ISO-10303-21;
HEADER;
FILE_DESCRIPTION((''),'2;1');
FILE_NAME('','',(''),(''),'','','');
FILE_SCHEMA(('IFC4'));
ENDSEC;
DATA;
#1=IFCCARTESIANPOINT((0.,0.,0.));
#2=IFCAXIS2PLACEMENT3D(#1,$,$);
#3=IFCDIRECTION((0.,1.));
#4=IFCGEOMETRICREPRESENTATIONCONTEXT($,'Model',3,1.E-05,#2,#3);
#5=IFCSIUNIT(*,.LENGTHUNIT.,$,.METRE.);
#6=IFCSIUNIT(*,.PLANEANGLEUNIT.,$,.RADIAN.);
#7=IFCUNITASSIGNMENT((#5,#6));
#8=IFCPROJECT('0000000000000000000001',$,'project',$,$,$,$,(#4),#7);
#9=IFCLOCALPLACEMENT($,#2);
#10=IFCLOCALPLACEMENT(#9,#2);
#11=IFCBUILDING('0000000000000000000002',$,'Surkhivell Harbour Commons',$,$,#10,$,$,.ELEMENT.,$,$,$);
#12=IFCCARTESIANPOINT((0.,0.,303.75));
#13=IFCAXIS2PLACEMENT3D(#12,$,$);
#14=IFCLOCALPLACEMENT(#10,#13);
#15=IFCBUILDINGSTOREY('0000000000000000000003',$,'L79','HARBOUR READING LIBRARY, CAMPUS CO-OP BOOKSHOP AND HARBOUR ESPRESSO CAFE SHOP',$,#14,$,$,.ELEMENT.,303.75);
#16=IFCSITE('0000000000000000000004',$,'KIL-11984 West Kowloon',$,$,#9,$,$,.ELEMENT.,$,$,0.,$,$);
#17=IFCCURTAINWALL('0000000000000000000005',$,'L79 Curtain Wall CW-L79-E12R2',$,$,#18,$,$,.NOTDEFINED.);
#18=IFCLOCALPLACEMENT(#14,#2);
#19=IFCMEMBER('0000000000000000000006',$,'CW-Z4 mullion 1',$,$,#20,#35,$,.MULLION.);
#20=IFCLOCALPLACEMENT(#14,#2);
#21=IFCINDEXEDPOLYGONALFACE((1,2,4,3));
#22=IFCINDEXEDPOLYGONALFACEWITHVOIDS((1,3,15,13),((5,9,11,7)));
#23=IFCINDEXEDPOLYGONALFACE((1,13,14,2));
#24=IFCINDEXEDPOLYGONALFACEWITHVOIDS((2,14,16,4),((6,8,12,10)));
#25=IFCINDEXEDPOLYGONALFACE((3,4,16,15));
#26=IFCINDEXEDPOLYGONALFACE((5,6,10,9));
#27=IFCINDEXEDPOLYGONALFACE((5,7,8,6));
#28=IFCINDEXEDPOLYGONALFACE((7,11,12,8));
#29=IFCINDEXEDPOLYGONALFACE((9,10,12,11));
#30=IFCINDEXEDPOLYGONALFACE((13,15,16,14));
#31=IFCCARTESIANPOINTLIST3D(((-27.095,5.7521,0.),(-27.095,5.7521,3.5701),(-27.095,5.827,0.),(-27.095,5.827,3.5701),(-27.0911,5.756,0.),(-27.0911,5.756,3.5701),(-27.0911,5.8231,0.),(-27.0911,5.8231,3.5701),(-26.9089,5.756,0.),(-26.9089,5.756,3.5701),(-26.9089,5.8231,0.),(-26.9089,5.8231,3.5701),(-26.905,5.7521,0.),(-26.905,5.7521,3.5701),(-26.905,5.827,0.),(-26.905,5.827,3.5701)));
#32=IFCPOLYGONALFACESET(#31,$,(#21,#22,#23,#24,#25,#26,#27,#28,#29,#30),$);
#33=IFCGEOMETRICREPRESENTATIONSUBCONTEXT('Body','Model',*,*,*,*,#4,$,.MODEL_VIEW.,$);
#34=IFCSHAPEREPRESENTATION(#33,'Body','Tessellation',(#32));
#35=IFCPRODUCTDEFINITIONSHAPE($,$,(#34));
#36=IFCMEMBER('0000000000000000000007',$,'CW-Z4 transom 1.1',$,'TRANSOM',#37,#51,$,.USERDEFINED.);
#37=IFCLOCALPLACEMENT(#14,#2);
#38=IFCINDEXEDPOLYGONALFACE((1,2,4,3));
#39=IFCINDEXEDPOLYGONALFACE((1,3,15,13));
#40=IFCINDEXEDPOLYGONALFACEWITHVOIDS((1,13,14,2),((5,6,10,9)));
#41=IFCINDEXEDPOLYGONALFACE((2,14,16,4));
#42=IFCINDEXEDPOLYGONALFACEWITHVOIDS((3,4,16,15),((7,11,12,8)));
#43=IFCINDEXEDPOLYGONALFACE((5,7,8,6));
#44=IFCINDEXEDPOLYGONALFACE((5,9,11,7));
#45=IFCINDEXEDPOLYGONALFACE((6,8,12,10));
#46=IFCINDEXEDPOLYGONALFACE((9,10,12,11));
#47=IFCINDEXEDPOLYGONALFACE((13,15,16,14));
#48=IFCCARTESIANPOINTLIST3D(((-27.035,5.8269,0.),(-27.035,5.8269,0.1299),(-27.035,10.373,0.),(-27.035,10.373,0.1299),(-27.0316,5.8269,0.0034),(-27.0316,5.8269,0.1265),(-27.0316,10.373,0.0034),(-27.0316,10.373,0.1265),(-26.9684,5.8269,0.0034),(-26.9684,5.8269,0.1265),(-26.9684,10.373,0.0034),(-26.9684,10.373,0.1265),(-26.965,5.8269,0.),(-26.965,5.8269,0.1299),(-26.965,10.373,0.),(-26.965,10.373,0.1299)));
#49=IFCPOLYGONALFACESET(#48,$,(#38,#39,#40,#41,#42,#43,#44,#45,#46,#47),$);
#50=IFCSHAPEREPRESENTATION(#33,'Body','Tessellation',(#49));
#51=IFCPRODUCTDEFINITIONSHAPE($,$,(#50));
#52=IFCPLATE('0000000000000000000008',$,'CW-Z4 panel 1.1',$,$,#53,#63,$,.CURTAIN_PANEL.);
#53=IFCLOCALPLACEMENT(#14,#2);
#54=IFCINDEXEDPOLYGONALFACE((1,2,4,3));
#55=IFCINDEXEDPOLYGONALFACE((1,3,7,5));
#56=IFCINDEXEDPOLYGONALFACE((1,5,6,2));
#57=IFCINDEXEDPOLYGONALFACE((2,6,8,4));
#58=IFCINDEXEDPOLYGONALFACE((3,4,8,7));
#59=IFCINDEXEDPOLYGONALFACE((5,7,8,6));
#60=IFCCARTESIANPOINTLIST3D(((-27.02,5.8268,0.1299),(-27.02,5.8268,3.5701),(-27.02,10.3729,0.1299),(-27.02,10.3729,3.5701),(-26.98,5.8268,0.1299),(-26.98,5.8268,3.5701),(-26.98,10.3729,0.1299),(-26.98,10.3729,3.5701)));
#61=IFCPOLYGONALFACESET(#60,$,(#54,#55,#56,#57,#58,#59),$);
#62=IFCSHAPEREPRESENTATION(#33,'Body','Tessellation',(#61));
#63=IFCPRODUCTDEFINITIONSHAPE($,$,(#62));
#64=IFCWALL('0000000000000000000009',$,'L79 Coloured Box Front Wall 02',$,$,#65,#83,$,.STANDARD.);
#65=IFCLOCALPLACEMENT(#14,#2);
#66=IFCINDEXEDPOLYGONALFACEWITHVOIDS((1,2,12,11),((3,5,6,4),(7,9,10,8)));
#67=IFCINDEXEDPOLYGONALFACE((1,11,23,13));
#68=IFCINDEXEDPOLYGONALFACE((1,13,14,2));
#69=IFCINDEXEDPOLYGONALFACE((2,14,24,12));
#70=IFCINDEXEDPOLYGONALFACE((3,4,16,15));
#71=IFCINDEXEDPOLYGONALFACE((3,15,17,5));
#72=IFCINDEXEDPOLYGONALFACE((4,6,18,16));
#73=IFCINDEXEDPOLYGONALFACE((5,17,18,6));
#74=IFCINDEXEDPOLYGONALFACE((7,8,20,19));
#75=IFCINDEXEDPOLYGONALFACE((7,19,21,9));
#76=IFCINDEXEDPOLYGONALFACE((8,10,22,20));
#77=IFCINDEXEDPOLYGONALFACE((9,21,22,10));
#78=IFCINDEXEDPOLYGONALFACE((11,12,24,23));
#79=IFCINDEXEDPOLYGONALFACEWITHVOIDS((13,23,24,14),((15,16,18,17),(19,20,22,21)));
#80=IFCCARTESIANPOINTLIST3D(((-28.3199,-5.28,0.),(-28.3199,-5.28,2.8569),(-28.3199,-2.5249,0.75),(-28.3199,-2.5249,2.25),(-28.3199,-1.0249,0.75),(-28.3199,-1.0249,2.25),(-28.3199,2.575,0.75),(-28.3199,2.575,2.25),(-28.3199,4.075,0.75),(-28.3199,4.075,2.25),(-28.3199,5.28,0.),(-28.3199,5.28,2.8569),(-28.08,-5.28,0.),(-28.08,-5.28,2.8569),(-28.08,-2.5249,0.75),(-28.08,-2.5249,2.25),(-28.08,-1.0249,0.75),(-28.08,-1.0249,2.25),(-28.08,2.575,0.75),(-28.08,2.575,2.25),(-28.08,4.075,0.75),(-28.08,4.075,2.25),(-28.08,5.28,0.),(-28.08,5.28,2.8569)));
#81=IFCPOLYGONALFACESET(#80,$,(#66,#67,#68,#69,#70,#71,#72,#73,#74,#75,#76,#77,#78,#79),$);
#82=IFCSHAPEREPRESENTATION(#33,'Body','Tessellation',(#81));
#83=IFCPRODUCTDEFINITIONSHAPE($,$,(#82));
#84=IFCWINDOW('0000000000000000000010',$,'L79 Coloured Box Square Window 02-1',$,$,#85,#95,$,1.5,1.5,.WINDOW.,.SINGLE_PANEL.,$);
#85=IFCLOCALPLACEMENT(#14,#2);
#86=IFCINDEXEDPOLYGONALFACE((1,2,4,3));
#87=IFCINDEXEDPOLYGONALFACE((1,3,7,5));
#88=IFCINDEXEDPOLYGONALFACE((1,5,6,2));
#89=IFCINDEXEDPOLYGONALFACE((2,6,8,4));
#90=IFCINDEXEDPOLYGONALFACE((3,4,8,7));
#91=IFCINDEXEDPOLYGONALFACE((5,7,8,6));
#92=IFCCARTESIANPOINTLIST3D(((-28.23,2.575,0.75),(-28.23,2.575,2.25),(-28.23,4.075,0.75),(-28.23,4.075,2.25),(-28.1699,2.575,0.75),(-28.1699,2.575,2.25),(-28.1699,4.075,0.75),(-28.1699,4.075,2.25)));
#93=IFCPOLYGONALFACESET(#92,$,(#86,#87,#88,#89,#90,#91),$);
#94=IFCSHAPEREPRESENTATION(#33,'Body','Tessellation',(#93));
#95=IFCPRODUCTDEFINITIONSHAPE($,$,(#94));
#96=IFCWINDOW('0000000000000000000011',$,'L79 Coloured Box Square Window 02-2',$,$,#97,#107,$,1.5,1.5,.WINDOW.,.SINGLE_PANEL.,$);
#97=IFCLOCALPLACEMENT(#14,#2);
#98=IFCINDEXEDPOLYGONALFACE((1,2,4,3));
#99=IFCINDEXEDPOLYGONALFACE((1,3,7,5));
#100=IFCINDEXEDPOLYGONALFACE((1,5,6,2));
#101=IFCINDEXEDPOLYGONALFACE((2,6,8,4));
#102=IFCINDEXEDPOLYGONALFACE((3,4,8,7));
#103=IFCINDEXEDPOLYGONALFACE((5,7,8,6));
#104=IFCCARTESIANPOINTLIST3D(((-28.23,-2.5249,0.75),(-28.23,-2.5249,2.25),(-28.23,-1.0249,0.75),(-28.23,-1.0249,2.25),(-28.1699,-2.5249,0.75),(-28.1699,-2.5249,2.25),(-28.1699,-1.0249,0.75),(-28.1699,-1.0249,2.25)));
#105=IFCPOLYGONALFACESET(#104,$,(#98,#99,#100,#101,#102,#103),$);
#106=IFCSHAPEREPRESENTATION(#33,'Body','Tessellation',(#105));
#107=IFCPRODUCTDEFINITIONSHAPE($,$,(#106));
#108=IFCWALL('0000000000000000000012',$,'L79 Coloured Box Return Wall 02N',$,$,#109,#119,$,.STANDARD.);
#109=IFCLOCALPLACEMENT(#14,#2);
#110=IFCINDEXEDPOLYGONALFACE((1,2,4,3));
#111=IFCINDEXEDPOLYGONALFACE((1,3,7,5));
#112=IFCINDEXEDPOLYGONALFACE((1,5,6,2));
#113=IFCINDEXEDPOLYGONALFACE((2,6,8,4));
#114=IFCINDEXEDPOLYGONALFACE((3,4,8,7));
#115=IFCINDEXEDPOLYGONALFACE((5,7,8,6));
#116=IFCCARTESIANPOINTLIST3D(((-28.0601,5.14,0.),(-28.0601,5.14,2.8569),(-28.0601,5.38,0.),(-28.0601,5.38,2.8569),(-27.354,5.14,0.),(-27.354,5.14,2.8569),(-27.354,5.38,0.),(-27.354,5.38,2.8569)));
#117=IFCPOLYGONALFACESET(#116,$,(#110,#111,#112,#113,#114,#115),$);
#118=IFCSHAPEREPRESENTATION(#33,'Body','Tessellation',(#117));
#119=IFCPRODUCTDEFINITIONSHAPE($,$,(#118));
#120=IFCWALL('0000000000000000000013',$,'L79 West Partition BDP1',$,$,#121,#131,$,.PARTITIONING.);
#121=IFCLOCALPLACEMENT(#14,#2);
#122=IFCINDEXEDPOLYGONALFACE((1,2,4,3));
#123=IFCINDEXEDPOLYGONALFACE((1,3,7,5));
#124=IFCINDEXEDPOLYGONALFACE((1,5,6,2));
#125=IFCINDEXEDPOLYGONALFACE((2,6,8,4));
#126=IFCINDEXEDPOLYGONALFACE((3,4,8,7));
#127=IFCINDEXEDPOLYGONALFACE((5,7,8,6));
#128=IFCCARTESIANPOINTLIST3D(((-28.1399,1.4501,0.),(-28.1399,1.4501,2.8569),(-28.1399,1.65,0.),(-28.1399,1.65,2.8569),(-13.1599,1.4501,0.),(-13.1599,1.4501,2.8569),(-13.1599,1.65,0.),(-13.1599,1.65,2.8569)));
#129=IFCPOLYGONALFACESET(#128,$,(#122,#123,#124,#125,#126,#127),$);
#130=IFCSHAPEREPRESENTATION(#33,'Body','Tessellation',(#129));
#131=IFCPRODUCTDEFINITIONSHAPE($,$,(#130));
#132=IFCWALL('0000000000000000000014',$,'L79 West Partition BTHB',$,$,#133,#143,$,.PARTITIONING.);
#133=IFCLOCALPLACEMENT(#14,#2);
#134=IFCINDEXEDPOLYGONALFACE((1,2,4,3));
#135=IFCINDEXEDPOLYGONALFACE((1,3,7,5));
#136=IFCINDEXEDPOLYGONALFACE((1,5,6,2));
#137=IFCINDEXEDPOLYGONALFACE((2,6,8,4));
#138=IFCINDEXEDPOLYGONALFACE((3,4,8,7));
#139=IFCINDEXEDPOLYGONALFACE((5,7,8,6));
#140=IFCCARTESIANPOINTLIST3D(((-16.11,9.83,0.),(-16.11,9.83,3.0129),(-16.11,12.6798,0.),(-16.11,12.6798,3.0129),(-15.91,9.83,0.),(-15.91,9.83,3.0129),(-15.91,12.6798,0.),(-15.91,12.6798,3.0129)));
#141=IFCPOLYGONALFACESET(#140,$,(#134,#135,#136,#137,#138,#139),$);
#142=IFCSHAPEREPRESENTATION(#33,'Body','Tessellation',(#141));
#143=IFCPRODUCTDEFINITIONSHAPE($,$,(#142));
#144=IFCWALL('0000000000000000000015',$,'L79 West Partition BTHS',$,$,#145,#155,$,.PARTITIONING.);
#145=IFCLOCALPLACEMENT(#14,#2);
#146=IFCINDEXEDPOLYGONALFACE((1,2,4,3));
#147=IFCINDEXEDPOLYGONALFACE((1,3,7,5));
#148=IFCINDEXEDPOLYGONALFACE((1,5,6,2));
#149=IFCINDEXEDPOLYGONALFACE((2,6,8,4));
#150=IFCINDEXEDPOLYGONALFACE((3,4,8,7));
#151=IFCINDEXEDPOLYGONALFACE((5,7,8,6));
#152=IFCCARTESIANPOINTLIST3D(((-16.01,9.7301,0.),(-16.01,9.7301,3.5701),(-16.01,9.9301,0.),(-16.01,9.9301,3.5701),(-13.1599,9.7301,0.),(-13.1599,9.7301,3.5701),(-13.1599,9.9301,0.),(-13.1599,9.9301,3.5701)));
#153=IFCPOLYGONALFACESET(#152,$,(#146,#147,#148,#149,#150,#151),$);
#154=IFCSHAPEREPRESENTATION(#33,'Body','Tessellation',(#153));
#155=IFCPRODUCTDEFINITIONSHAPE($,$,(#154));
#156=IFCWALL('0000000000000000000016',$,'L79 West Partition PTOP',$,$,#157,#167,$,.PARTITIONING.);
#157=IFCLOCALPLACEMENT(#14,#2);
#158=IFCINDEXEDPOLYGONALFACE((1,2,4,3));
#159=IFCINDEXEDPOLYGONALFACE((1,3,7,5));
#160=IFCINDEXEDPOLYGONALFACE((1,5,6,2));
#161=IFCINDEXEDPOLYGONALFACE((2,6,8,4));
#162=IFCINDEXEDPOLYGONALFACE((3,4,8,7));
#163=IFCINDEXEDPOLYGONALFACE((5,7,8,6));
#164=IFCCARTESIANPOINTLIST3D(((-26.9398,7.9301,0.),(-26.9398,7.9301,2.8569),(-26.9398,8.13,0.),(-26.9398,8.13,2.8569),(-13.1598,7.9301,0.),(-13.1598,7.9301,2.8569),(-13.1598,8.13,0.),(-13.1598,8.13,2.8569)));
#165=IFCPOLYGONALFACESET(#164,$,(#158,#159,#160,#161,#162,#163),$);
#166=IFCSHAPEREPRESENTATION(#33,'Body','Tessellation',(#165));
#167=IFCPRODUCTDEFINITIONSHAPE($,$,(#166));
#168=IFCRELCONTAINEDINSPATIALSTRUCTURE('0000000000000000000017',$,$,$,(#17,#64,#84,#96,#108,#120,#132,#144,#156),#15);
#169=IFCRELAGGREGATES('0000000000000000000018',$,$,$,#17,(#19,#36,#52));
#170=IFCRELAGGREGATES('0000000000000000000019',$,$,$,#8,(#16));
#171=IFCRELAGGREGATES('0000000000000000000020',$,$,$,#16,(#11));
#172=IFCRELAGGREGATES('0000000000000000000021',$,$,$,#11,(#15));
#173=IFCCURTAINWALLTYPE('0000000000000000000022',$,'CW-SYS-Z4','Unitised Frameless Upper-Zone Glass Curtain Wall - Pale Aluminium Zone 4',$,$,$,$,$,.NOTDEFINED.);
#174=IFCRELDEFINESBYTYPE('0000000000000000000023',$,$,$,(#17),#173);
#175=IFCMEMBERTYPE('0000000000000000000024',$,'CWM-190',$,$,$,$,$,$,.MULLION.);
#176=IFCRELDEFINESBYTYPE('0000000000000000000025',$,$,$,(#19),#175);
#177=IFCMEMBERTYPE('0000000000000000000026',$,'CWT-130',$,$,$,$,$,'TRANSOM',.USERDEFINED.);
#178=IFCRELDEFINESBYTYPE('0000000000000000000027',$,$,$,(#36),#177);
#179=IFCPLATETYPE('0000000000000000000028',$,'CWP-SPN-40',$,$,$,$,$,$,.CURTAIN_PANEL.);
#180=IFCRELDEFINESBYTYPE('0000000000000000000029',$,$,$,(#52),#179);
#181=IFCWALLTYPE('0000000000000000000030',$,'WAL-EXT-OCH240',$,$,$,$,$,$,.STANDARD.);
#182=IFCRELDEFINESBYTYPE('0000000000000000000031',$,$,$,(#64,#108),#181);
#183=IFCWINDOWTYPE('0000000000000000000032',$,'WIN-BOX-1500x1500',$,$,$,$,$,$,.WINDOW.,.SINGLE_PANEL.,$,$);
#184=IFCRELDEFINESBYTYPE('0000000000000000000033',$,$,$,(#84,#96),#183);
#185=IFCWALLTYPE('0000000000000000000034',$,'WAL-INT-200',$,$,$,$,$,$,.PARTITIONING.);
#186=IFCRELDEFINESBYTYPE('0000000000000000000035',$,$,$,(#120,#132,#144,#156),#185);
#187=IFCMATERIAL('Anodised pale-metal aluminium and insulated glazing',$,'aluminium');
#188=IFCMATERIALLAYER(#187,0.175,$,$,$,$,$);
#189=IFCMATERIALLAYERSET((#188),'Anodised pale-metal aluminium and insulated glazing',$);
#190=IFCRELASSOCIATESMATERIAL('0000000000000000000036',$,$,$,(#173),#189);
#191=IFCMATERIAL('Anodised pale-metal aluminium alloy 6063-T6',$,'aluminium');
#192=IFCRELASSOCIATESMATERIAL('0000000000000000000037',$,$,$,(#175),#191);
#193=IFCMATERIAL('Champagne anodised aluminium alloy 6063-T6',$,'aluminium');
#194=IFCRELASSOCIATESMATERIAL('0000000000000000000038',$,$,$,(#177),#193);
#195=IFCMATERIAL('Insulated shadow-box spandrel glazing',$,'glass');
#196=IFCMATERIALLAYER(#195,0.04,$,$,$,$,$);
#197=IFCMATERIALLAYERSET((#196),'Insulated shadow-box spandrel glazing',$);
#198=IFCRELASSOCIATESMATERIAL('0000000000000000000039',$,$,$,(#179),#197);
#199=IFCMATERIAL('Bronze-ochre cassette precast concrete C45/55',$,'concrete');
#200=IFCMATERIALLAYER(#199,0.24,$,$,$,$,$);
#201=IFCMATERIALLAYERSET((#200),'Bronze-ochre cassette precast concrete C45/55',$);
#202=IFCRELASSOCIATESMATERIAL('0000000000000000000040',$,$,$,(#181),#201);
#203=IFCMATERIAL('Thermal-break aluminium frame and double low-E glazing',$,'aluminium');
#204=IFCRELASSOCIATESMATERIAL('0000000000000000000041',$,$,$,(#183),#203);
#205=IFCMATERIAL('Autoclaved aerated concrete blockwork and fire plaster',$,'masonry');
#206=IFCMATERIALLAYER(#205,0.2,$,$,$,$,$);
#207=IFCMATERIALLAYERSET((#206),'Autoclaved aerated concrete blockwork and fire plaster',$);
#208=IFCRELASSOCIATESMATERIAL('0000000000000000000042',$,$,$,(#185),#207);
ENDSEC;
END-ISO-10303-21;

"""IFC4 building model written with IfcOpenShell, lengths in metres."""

from ifc_helpers import new_model, si_unit, direction, frame, frame_2d, origin, origin_2d, place, context, subcontext, project, spatial, rectangle, hollow_rectangle, extrude, material, layer, layer_set, material_profile, profile_set, type_object, element, fill, aggregate, save


model = new_model("IFC4")

# Units and contexts
model_context = context("Model", 3, precision=1e-05, world=origin(), true_north=direction((0.0, 1.0)))
body_context = subcontext(model_context, "Body", "Model", "MODEL_VIEW")
ifc_project = project(units=[si_unit("LENGTHUNIT", "METRE"), si_unit("PLANEANGLEUNIT", "RADIAN")], contexts=[model_context])

# Site, building, storey
site_placement = place(None, origin())
site = spatial("IfcSite", under=ifc_project, at=site_placement, Name="KIL-11984 West Kowloon", CompositionType="ELEMENT", RefElevation=0.0)
building_placement = place(site_placement, origin())
building = spatial("IfcBuilding", under=site, at=building_placement, Name="Surkhivell Harbour Commons", CompositionType="ELEMENT")
storey_placement = place(building_placement, frame((0.0, 0.0, 303.75)))
storey = spatial("IfcBuildingStorey", under=building, at=storey_placement, Name="L79", Description="HARBOUR READING LIBRARY, CAMPUS CO-OP BOOKSHOP AND HARBOUR ESPRESSO CAFE SHOP", CompositionType="ELEMENT", Elevation=303.75)

# Curtain wall, members, plate
ifc_material_1 = material(Name="Anodised pale-metal aluminium and insulated glazing", Category="aluminium")
ifc_layer_1 = layer(ifc_material_1, 0.175)
ifc_layer_set_1 = layer_set([ifc_layer_1], Name="Anodised pale-metal aluminium and insulated glazing")
curtain_wall_type = type_object("IfcCurtainWallType", Name="CW-SYS-Z4", Description="Unitised Frameless Upper-Zone Glass Curtain Wall - Pale Aluminium Zone 4", PredefinedType="NOTDEFINED", material=ifc_layer_set_1)
curtain_wall_placement = place(storey_placement, origin())
curtain_wall = element("IfcCurtainWall", 1, at=curtain_wall_placement, inside=storey, type_object=curtain_wall_type, Name="L79 Curtain Wall CW-L79-E12R2", PredefinedType="NOTDEFINED")
ifc_material_2 = material(Name="Anodised pale-metal aluminium alloy 6063-T6", Category="aluminium")
ifc_material_profile_1 = material_profile(ifc_material_2, hollow_rectangle(XDim=0.075, YDim=0.1899, WallThickness=0.0039, at=origin_2d()), Name="ALU-MULL-75x190")
ifc_profile_set_1 = profile_set([ifc_material_profile_1], Name="Anodised pale-metal aluminium alloy 6063-T6")
member_type_1 = type_object("IfcMemberType", Name="CWM-190", PredefinedType="MULLION", material=ifc_profile_set_1)
member_1_placement = place(storey_placement, frame((-27.0, 5.7896, 0.0), z_axis=(0.0, 0.0, 1.0), x_axis=(0.0, 1.0, 0.0)))
member_1 = element("IfcMember", 2, at=member_1_placement, type_object=member_type_1, Name="CW-Z4 mullion 1", PredefinedType="MULLION", context=body_context, shape_type="SweptSolid", body=[
    extrude(hollow_rectangle(XDim=0.075, YDim=0.1899, WallThickness=0.0039, at=origin_2d()), origin(), (0.0, 0.0, 1.0), 3.5701),
])
ifc_material_3 = material(Name="Champagne anodised aluminium alloy 6063-T6", Category="aluminium")
ifc_material_profile_2 = material_profile(ifc_material_3, hollow_rectangle(XDim=0.0701, YDim=0.1299, WallThickness=0.0034, at=origin_2d()), Name="ALU-TRAN-70x130")
ifc_profile_set_2 = profile_set([ifc_material_profile_2], Name="Champagne anodised aluminium alloy 6063-T6")
member_type_2 = type_object("IfcMemberType", Name="CWT-130", ElementType="TRANSOM", PredefinedType="USERDEFINED", material=ifc_profile_set_2)
member_2_placement = place(storey_placement, frame((-27.0, 5.8269, 0.0649), z_axis=(0.0, 1.0, 0.0), x_axis=(-1.0, 0.0, 0.0)))
member_2 = element("IfcMember", 3, at=member_2_placement, type_object=member_type_2, Name="CW-Z4 transom 1.1", ObjectType="TRANSOM", PredefinedType="USERDEFINED", context=body_context, shape_type="SweptSolid", body=[
    extrude(hollow_rectangle(XDim=0.0701, YDim=0.1299, WallThickness=0.0034, at=origin_2d()), origin(), (0.0, 0.0, 1.0), 4.5461),
])
ifc_material_4 = material(Name="Insulated shadow-box spandrel glazing", Category="glass")
ifc_layer_2 = layer(ifc_material_4, 0.04)
ifc_layer_set_2 = layer_set([ifc_layer_2], Name="Insulated shadow-box spandrel glazing")
plate_type = type_object("IfcPlateType", Name="CWP-SPN-40", PredefinedType="CURTAIN_PANEL", material=ifc_layer_set_2)
plate_placement = place(storey_placement, frame((-27.0, 5.8269, 0.1299), z_axis=(0.0, 0.0, 1.0), x_axis=(0.0, 1.0, 0.0)))
plate = element("IfcPlate", 4, at=plate_placement, type_object=plate_type, Name="CW-Z4 panel 1.1", PredefinedType="CURTAIN_PANEL", context=body_context, shape_type="SweptSolid", body=[
    extrude(rectangle(XDim=4.5461, YDim=0.04, at=frame_2d((2.2729, 0.0))), origin(), (0.0, 0.0, 1.0), 3.4402),
])
aggregate(curtain_wall, [member_1, member_2, plate])

# Wall, openings, windows
ifc_material_5 = material(Name="Bronze-ochre cassette precast concrete C45/55", Category="concrete")
ifc_layer_3 = layer(ifc_material_5, 0.24)
ifc_layer_set_3 = layer_set([ifc_layer_3], Name="Bronze-ochre cassette precast concrete C45/55")
wall_type_1 = type_object("IfcWallType", Name="WAL-EXT-OCH240", PredefinedType="STANDARD", material=ifc_layer_set_3)
wall_1_placement = place(storey_placement, frame((-28.2, 5.28, 0.0), z_axis=(0.0, 0.0, 1.0), x_axis=(0.0, -1.0, 0.0)))
wall_1 = element("IfcWall", 5, at=wall_1_placement, inside=storey, type_object=wall_type_1, Name="L79 Coloured Box Front Wall 02", PredefinedType="STANDARD", context=body_context, shape_type="SweptSolid", body=[
    extrude(rectangle(XDim=10.5601, YDim=0.24, at=frame_2d((5.28, 0.0))), origin(), (0.0, 0.0, 1.0), 2.8569),
])
opening_1_placement = place(wall_1_placement, frame((1.2051, 0.0, 0.75)))
opening_1 = element("IfcOpeningElement", 6, at=opening_1_placement, cuts=wall_1, PredefinedType="OPENING", context=body_context, shape_type="SweptSolid", body=[
    extrude(rectangle(XDim=1.5, YDim=1.5, at=frame_2d((0.75, 0.75))), frame((0.0, 0.1299, 0.0), z_axis=(0.0, -1.0, 0.0), x_axis=(1.0, 0.0, 0.0)), (0.0, 0.0, 1.0), 0.26),
])
opening_2_placement = place(wall_1_placement, frame((6.3049, 0.0, 0.75)))
opening_2 = element("IfcOpeningElement", 7, at=opening_2_placement, cuts=wall_1, PredefinedType="OPENING", context=body_context, shape_type="SweptSolid", body=[
    extrude(rectangle(XDim=1.5, YDim=1.5, at=frame_2d((0.75, 0.75))), frame((0.0, 0.1299, 0.0), z_axis=(0.0, -1.0, 0.0), x_axis=(1.0, 0.0, 0.0)), (0.0, 0.0, 1.0), 0.26),
])
ifc_material_6 = material(Name="Thermal-break aluminium frame and double low-E glazing", Category="aluminium")
window_type = type_object("IfcWindowType", Name="WIN-BOX-1500x1500", PartitioningType="SINGLE_PANEL", PredefinedType="WINDOW", material=ifc_material_6)
window_1_placement = place(opening_1_placement, origin())
window_1 = element("IfcWindow", 8, at=window_1_placement, inside=storey, type_object=window_type, Name="L79 Coloured Box Square Window 02-1", OverallHeight=1.5, OverallWidth=1.5, PartitioningType="SINGLE_PANEL", PredefinedType="WINDOW", context=body_context, shape_type="SweptSolid", body=[
    extrude(rectangle(XDim=1.5, YDim=1.5, at=frame_2d((0.75, 0.75))), frame((0.0, 0.03, 0.0), z_axis=(0.0, -1.0, 0.0), x_axis=(1.0, 0.0, 0.0)), (0.0, 0.0, 1.0), 0.0601),
])
fill(opening_1, window_1)
window_2_placement = place(opening_2_placement, origin())
window_2 = element("IfcWindow", 9, at=window_2_placement, inside=storey, type_object=window_type, Name="L79 Coloured Box Square Window 02-2", OverallHeight=1.5, OverallWidth=1.5, PartitioningType="SINGLE_PANEL", PredefinedType="WINDOW", context=body_context, shape_type="SweptSolid", body=[
    extrude(rectangle(XDim=1.5, YDim=1.5, at=frame_2d((0.75, 0.75))), frame((0.0, 0.03, 0.0), z_axis=(0.0, -1.0, 0.0), x_axis=(1.0, 0.0, 0.0)), (0.0, 0.0, 1.0), 0.0601),
])
fill(opening_2, window_2)

# Walls
wall_2_placement = place(storey_placement, frame((-28.0601, 5.26, 0.0), z_axis=(0.0, 0.0, 1.0), x_axis=(1.0, 0.0, 0.0)))
element("IfcWall", 10, at=wall_2_placement, inside=storey, type_object=wall_type_1, Name="L79 Coloured Box Return Wall 02N", PredefinedType="STANDARD", context=body_context, shape_type="SweptSolid", body=[
    extrude(rectangle(XDim=0.7061, YDim=0.24, at=frame_2d((0.353, 0.0))), origin(), (0.0, 0.0, 1.0), 2.8569),
])
ifc_material_7 = material(Name="Autoclaved aerated concrete blockwork and fire plaster", Category="masonry")
ifc_layer_4 = layer(ifc_material_7, 0.2)
ifc_layer_set_4 = layer_set([ifc_layer_4], Name="Autoclaved aerated concrete blockwork and fire plaster")
wall_type_2 = type_object("IfcWallType", Name="WAL-INT-200", PredefinedType="PARTITIONING", material=ifc_layer_set_4)
wall_3_placement = place(storey_placement, frame((-28.1399, 1.55, 0.0), z_axis=(0.0, 0.0, 1.0), x_axis=(1.0, 0.0, 0.0)))
element("IfcWall", 11, at=wall_3_placement, inside=storey, type_object=wall_type_2, Name="L79 West Partition BDP1", PredefinedType="PARTITIONING", context=body_context, shape_type="SweptSolid", body=[
    extrude(rectangle(XDim=14.98, YDim=0.2, at=frame_2d((7.49, 0.0))), origin(), (0.0, 0.0, 1.0), 2.8569),
])
wall_4_placement = place(storey_placement, frame((-16.01, 9.8301, 0.0), z_axis=(0.0, 0.0, 1.0), x_axis=(0.0, 1.0, 0.0)))
element("IfcWall", 12, at=wall_4_placement, inside=storey, type_object=wall_type_2, Name="L79 West Partition BTHB", PredefinedType="PARTITIONING", context=body_context, shape_type="SweptSolid", body=[
    extrude(rectangle(XDim=2.8499, YDim=0.2, at=frame_2d((1.4248, 0.0))), origin(), (0.0, 0.0, 1.0), 3.0129),
])
wall_5_placement = place(storey_placement, frame((-16.01, 9.8301, 0.0), z_axis=(0.0, 0.0, 1.0), x_axis=(1.0, 0.0, 0.0)))
element("IfcWall", 13, at=wall_5_placement, inside=storey, type_object=wall_type_2, Name="L79 West Partition BTHS", PredefinedType="PARTITIONING", context=body_context, shape_type="SweptSolid", body=[
    extrude(rectangle(XDim=2.8501, YDim=0.2, at=frame_2d((1.425, 0.0))), origin(), (0.0, 0.0, 1.0), 3.5701),
])
wall_6_placement = place(storey_placement, frame((-26.9399, 8.03, 0.0), z_axis=(0.0, 0.0, 1.0), x_axis=(1.0, 0.0, 0.0)))
element("IfcWall", 14, at=wall_6_placement, inside=storey, type_object=wall_type_2, Name="L79 West Partition PTOP", PredefinedType="PARTITIONING", context=body_context, shape_type="SweptSolid", body=[
    extrude(rectangle(XDim=13.78, YDim=0.2, at=frame_2d((6.8901, 0.0))), origin(), (0.0, 0.0, 1.0), 2.8569),
])

save(model, "model.ifc")
